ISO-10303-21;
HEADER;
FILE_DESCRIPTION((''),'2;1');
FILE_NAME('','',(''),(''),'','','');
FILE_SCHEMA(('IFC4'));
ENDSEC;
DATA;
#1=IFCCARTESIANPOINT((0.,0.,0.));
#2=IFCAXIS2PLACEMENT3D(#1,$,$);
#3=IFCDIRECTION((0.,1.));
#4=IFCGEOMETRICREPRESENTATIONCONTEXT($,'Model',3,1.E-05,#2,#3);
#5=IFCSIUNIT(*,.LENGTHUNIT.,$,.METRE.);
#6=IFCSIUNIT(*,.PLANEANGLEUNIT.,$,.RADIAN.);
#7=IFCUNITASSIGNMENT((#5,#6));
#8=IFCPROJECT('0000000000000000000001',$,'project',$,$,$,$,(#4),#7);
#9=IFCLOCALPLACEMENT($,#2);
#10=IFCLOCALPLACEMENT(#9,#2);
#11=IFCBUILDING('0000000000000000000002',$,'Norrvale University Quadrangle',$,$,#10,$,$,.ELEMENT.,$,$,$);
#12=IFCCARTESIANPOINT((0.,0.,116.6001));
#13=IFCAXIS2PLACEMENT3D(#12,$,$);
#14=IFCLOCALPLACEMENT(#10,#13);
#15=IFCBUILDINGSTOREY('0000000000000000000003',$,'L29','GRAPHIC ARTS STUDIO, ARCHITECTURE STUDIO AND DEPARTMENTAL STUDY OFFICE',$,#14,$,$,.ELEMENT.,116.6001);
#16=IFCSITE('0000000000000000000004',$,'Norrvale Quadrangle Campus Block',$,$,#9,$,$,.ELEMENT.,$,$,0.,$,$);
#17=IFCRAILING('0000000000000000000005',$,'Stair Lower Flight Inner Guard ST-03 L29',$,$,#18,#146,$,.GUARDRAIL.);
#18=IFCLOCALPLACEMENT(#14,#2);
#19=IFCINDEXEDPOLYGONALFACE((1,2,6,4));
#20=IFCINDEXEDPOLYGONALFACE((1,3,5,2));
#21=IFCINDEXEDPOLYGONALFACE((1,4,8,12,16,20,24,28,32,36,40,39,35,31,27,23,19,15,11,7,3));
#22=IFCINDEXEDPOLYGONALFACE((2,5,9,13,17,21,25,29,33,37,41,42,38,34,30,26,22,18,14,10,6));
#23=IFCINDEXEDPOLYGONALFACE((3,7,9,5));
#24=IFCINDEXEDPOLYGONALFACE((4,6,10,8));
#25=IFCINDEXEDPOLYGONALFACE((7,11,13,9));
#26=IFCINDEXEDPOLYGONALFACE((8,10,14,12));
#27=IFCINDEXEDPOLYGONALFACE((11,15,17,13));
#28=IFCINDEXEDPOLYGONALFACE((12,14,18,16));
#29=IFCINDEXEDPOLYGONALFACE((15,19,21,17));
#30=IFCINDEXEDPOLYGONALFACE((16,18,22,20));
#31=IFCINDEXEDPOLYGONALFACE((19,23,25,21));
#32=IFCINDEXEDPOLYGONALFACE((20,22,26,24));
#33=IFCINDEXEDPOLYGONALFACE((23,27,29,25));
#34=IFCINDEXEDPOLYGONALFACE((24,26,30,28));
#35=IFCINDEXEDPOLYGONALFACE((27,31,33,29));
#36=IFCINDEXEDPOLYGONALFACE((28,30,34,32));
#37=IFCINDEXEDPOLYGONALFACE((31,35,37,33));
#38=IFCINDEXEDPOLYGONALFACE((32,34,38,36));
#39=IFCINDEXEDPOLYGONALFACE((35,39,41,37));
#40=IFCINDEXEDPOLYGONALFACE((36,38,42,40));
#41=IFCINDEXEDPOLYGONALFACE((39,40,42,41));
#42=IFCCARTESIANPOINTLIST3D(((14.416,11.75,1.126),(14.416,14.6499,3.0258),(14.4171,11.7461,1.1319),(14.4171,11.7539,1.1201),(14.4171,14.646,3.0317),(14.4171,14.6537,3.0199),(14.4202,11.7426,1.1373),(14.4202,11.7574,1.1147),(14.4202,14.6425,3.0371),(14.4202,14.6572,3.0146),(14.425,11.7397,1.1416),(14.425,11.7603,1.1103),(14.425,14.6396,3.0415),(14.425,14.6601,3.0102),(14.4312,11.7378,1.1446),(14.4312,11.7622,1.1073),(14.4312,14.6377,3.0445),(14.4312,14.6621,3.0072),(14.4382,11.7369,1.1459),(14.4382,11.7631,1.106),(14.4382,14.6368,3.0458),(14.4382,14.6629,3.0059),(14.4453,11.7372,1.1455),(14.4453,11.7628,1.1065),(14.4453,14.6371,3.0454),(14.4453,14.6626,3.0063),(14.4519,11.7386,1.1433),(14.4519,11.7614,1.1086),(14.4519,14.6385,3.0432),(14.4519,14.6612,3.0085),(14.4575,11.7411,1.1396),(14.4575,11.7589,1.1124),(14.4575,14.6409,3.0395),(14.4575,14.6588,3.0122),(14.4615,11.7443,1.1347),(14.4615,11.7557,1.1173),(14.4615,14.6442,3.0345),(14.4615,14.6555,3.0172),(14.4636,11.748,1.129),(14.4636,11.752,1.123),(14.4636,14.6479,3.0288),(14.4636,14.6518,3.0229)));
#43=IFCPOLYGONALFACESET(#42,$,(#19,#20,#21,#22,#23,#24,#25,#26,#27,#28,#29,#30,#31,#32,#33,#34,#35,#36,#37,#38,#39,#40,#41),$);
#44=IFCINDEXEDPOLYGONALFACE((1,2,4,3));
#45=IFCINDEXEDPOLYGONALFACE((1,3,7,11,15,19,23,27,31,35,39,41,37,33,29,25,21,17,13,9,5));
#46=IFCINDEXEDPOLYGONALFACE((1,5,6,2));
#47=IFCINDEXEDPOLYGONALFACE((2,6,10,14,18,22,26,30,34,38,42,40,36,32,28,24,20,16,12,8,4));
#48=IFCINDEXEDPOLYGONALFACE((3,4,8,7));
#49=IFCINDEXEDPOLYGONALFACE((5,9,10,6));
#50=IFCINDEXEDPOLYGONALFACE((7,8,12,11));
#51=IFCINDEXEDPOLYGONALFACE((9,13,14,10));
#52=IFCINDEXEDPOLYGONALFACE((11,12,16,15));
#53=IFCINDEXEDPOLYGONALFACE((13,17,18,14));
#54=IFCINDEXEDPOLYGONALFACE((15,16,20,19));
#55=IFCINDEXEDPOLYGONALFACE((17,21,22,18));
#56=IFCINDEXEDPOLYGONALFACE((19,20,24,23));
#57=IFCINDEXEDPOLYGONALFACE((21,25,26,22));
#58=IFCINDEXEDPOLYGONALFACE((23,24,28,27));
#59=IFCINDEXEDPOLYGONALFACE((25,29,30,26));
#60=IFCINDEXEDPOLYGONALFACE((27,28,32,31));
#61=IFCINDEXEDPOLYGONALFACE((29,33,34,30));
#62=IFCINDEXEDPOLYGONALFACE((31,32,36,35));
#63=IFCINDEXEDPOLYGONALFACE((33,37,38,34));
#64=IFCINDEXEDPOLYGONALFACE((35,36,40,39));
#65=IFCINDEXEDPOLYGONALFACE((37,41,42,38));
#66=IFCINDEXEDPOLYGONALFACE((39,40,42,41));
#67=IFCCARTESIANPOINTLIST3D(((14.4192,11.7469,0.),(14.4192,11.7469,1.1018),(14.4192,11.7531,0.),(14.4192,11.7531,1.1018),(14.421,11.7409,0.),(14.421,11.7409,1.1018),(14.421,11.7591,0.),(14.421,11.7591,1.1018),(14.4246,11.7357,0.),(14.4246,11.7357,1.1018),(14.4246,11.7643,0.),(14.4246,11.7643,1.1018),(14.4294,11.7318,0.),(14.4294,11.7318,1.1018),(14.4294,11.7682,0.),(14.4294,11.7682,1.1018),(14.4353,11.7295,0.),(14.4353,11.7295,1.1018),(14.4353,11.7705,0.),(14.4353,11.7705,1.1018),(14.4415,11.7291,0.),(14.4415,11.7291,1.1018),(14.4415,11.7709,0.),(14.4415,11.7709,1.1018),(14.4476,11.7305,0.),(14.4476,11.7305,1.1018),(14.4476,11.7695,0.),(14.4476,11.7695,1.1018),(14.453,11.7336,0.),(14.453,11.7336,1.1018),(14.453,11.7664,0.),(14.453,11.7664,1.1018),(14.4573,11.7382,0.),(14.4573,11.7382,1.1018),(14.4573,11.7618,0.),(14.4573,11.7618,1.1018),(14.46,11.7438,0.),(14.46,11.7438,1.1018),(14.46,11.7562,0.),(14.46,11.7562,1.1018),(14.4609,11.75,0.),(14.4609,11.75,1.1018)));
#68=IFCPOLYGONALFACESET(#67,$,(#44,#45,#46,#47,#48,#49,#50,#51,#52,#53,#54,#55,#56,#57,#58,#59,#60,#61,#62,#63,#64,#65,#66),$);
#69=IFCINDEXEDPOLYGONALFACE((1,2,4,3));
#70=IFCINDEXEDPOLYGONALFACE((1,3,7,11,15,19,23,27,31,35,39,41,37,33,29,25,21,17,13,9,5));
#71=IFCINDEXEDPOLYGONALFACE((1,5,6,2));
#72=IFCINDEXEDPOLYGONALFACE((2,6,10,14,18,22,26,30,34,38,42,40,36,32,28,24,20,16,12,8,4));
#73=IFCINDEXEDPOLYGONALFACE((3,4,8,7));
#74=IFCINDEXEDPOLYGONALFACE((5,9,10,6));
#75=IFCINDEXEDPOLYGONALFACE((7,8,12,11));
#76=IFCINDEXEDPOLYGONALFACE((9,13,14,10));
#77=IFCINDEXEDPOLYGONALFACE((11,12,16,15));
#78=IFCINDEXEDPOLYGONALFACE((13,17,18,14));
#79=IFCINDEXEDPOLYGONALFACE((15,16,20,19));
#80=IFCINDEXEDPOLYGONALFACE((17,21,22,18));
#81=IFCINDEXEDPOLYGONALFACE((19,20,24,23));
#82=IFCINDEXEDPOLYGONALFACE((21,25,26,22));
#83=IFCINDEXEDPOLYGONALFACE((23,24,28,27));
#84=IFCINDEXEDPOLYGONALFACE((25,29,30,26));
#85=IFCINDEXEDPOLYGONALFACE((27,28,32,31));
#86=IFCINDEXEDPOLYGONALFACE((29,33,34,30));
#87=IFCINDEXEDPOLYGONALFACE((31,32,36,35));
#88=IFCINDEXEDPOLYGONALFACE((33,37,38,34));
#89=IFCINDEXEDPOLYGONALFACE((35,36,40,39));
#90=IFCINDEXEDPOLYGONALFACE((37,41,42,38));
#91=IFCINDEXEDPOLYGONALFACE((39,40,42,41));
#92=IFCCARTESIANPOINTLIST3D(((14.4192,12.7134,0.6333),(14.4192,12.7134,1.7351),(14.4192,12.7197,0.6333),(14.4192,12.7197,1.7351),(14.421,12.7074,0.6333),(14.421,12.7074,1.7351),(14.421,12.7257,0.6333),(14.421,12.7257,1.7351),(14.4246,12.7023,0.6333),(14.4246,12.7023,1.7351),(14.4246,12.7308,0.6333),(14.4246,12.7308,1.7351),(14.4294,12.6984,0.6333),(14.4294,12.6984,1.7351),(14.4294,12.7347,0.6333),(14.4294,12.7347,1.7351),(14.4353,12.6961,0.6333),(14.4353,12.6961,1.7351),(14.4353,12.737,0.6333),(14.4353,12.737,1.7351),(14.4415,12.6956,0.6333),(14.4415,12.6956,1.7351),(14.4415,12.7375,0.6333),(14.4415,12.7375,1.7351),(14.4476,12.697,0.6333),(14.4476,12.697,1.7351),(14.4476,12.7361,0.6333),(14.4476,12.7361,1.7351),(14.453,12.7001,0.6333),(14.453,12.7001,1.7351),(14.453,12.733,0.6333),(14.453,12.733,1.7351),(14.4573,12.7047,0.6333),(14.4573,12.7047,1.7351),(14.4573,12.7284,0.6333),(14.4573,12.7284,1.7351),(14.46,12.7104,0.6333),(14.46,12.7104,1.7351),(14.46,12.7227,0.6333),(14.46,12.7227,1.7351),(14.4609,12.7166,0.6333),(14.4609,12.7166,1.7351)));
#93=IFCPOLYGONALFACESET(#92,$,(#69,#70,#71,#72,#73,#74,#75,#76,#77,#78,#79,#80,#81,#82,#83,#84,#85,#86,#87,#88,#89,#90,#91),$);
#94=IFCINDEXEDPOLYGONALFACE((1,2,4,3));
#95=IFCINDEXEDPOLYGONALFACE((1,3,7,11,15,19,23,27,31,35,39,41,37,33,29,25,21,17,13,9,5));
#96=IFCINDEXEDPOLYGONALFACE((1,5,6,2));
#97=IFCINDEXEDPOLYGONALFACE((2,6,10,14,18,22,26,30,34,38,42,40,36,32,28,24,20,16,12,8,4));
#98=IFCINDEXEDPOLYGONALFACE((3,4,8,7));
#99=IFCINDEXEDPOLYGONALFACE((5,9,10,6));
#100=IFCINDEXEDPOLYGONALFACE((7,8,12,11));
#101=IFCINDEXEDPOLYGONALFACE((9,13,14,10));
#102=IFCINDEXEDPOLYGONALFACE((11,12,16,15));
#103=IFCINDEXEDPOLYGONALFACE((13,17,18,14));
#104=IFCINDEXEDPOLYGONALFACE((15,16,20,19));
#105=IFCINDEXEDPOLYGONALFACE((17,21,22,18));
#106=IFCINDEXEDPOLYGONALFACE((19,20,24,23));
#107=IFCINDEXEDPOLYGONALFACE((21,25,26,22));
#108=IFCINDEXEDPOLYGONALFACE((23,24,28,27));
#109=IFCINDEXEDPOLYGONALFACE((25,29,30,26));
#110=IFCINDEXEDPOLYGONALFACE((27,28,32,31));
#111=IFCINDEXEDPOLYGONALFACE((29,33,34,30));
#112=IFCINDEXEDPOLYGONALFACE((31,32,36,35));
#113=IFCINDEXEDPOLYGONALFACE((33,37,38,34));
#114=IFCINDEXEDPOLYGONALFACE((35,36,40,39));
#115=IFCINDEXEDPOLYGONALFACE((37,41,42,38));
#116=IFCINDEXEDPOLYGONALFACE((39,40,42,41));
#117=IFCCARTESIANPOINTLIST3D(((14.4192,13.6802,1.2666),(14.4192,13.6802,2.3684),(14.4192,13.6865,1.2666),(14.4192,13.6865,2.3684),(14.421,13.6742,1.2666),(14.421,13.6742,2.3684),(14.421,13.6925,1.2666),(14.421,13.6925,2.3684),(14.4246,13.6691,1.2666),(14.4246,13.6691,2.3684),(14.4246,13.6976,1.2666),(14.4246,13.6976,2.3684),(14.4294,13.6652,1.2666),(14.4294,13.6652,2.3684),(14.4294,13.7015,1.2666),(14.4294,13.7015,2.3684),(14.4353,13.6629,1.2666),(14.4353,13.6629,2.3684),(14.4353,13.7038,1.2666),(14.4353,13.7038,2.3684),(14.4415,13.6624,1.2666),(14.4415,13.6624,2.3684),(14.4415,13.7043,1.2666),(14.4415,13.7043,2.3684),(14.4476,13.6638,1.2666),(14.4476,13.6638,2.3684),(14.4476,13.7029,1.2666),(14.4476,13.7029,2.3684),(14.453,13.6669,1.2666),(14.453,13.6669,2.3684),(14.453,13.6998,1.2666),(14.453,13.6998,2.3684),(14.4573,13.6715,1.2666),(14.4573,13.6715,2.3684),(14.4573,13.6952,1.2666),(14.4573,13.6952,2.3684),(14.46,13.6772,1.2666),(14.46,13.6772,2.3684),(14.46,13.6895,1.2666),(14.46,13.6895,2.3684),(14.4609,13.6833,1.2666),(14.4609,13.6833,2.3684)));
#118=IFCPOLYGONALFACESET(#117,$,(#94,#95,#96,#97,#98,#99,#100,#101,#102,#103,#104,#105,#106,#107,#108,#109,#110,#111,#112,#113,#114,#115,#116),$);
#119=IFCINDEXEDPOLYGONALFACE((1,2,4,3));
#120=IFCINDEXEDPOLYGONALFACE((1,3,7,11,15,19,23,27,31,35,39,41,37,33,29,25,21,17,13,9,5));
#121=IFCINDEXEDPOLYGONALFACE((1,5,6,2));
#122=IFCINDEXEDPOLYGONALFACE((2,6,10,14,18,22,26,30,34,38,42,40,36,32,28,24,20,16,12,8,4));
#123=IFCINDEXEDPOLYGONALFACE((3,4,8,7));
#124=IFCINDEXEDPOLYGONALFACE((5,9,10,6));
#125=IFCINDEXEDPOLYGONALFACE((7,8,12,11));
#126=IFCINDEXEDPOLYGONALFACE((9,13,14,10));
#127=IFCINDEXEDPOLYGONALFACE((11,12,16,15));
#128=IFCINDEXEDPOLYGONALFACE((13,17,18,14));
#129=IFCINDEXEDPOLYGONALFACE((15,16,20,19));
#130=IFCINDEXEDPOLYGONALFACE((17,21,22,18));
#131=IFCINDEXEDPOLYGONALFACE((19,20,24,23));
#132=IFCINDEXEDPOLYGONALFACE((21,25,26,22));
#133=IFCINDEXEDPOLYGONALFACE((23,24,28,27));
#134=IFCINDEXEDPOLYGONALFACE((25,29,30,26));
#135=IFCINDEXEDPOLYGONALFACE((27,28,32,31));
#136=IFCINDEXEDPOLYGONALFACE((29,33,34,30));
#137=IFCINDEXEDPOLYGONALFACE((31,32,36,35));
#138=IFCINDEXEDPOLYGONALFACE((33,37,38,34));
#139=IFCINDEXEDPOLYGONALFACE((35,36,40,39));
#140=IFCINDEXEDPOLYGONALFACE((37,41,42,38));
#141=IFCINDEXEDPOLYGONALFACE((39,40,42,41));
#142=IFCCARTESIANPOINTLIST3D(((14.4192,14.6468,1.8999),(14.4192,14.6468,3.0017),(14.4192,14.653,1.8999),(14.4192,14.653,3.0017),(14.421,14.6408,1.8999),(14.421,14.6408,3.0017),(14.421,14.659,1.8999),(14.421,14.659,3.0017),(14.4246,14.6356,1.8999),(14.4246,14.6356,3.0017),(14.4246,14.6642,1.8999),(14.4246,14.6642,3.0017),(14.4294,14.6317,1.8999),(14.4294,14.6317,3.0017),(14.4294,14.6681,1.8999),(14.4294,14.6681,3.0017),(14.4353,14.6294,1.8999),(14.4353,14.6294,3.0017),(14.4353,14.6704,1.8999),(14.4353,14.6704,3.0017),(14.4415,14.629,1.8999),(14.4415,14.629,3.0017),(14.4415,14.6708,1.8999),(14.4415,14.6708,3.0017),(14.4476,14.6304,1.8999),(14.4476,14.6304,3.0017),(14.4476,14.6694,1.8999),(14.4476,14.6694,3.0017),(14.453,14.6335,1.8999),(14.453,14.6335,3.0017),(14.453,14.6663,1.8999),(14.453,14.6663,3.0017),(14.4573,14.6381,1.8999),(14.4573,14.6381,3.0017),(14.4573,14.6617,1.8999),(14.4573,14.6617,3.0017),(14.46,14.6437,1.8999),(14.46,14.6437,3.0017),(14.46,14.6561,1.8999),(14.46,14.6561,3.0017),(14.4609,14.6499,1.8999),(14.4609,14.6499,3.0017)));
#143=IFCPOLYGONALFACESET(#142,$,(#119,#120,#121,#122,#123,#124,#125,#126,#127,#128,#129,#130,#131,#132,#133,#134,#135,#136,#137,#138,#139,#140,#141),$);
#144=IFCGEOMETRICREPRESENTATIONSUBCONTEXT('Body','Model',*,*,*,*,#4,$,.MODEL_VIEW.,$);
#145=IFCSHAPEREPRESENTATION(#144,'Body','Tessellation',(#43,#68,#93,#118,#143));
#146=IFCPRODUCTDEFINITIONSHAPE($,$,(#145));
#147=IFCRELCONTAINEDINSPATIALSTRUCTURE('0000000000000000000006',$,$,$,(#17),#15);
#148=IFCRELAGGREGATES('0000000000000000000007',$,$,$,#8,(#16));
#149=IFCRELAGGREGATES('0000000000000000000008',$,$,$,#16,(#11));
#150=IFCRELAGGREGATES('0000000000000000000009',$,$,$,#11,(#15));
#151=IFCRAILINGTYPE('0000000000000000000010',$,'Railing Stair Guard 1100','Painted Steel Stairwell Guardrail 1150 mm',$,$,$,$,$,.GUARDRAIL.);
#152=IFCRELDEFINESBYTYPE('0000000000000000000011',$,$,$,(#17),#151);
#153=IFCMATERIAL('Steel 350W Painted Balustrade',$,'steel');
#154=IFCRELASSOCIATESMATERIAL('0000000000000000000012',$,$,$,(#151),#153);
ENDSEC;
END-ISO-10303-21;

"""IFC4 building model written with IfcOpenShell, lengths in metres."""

from ifc_helpers import new_model, si_unit, direction, frame, origin, origin_2d, place, context, subcontext, project, spatial, circle, extrude, material, type_object, element, save


model = new_model("IFC4")

# Units and contexts
model_context = context("Model", 3, precision=1e-05, world=origin(), true_north=direction((0.0, 1.0)))
body_context = subcontext(model_context, "Body", "Model", "MODEL_VIEW")
ifc_project = project(units=[si_unit("LENGTHUNIT", "METRE"), si_unit("PLANEANGLEUNIT", "RADIAN")], contexts=[model_context])

# Site, building, storey
site_placement = place(None, origin())
site = spatial("IfcSite", under=ifc_project, at=site_placement, Name="Norrvale Quadrangle Campus Block", CompositionType="ELEMENT", RefElevation=0.0)
building_placement = place(site_placement, origin())
building = spatial("IfcBuilding", under=site, at=building_placement, Name="Norrvale University Quadrangle", CompositionType="ELEMENT")
storey_placement = place(building_placement, frame((0.0, 0.0, 116.6001)))
storey = spatial("IfcBuildingStorey", under=building, at=storey_placement, Name="L29", Description="GRAPHIC ARTS STUDIO, ARCHITECTURE STUDIO AND DEPARTMENTAL STUDY OFFICE", CompositionType="ELEMENT", Elevation=116.6001)

# Railing
ifc_material_1 = material(Name="Steel 350W Painted Balustrade", Category="steel")
railing_type_1 = type_object("IfcRailingType", Name="Railing Stair Guard 1100", Description="Painted Steel Stairwell Guardrail 1150 mm", PredefinedType="GUARDRAIL", material=ifc_material_1)
railing_1_placement = place(storey_placement, frame((14.4399, 11.75, 0.0)))
element("IfcRailing", 1, at=railing_1_placement, inside=storey, type_object=railing_type_1, Name="Stair Lower Flight Inner Guard ST-03 L29", PredefinedType="GUARDRAIL", context=body_context, shape_type="SweptSolid", body=[
    extrude(circle(Radius=0.0239, at=origin_2d()), frame((0.0, 0.0, 1.126), z_axis=(0.0, 0.836466, 0.548019), x_axis=(-1.0, 0.0, 0.0)), (0.0, 0.0, 1.0), 3.4668),
    extrude(circle(Radius=0.021, at=origin_2d()), origin(), (0.0, 0.0, 1.0), 1.1018),
    extrude(circle(Radius=0.021, at=origin_2d()), frame((0.0, 0.9666, 0.6333)), (0.0, 0.0, 1.0), 1.1018),
    extrude(circle(Radius=0.021, at=origin_2d()), frame((0.0, 1.9333, 1.2666)), (0.0, 0.0, 1.0), 1.1018),
    extrude(circle(Radius=0.021, at=origin_2d()), frame((0.0, 2.8999, 1.8999)), (0.0, 0.0, 1.0), 1.1018),
])

save(model, "model.ifc")
